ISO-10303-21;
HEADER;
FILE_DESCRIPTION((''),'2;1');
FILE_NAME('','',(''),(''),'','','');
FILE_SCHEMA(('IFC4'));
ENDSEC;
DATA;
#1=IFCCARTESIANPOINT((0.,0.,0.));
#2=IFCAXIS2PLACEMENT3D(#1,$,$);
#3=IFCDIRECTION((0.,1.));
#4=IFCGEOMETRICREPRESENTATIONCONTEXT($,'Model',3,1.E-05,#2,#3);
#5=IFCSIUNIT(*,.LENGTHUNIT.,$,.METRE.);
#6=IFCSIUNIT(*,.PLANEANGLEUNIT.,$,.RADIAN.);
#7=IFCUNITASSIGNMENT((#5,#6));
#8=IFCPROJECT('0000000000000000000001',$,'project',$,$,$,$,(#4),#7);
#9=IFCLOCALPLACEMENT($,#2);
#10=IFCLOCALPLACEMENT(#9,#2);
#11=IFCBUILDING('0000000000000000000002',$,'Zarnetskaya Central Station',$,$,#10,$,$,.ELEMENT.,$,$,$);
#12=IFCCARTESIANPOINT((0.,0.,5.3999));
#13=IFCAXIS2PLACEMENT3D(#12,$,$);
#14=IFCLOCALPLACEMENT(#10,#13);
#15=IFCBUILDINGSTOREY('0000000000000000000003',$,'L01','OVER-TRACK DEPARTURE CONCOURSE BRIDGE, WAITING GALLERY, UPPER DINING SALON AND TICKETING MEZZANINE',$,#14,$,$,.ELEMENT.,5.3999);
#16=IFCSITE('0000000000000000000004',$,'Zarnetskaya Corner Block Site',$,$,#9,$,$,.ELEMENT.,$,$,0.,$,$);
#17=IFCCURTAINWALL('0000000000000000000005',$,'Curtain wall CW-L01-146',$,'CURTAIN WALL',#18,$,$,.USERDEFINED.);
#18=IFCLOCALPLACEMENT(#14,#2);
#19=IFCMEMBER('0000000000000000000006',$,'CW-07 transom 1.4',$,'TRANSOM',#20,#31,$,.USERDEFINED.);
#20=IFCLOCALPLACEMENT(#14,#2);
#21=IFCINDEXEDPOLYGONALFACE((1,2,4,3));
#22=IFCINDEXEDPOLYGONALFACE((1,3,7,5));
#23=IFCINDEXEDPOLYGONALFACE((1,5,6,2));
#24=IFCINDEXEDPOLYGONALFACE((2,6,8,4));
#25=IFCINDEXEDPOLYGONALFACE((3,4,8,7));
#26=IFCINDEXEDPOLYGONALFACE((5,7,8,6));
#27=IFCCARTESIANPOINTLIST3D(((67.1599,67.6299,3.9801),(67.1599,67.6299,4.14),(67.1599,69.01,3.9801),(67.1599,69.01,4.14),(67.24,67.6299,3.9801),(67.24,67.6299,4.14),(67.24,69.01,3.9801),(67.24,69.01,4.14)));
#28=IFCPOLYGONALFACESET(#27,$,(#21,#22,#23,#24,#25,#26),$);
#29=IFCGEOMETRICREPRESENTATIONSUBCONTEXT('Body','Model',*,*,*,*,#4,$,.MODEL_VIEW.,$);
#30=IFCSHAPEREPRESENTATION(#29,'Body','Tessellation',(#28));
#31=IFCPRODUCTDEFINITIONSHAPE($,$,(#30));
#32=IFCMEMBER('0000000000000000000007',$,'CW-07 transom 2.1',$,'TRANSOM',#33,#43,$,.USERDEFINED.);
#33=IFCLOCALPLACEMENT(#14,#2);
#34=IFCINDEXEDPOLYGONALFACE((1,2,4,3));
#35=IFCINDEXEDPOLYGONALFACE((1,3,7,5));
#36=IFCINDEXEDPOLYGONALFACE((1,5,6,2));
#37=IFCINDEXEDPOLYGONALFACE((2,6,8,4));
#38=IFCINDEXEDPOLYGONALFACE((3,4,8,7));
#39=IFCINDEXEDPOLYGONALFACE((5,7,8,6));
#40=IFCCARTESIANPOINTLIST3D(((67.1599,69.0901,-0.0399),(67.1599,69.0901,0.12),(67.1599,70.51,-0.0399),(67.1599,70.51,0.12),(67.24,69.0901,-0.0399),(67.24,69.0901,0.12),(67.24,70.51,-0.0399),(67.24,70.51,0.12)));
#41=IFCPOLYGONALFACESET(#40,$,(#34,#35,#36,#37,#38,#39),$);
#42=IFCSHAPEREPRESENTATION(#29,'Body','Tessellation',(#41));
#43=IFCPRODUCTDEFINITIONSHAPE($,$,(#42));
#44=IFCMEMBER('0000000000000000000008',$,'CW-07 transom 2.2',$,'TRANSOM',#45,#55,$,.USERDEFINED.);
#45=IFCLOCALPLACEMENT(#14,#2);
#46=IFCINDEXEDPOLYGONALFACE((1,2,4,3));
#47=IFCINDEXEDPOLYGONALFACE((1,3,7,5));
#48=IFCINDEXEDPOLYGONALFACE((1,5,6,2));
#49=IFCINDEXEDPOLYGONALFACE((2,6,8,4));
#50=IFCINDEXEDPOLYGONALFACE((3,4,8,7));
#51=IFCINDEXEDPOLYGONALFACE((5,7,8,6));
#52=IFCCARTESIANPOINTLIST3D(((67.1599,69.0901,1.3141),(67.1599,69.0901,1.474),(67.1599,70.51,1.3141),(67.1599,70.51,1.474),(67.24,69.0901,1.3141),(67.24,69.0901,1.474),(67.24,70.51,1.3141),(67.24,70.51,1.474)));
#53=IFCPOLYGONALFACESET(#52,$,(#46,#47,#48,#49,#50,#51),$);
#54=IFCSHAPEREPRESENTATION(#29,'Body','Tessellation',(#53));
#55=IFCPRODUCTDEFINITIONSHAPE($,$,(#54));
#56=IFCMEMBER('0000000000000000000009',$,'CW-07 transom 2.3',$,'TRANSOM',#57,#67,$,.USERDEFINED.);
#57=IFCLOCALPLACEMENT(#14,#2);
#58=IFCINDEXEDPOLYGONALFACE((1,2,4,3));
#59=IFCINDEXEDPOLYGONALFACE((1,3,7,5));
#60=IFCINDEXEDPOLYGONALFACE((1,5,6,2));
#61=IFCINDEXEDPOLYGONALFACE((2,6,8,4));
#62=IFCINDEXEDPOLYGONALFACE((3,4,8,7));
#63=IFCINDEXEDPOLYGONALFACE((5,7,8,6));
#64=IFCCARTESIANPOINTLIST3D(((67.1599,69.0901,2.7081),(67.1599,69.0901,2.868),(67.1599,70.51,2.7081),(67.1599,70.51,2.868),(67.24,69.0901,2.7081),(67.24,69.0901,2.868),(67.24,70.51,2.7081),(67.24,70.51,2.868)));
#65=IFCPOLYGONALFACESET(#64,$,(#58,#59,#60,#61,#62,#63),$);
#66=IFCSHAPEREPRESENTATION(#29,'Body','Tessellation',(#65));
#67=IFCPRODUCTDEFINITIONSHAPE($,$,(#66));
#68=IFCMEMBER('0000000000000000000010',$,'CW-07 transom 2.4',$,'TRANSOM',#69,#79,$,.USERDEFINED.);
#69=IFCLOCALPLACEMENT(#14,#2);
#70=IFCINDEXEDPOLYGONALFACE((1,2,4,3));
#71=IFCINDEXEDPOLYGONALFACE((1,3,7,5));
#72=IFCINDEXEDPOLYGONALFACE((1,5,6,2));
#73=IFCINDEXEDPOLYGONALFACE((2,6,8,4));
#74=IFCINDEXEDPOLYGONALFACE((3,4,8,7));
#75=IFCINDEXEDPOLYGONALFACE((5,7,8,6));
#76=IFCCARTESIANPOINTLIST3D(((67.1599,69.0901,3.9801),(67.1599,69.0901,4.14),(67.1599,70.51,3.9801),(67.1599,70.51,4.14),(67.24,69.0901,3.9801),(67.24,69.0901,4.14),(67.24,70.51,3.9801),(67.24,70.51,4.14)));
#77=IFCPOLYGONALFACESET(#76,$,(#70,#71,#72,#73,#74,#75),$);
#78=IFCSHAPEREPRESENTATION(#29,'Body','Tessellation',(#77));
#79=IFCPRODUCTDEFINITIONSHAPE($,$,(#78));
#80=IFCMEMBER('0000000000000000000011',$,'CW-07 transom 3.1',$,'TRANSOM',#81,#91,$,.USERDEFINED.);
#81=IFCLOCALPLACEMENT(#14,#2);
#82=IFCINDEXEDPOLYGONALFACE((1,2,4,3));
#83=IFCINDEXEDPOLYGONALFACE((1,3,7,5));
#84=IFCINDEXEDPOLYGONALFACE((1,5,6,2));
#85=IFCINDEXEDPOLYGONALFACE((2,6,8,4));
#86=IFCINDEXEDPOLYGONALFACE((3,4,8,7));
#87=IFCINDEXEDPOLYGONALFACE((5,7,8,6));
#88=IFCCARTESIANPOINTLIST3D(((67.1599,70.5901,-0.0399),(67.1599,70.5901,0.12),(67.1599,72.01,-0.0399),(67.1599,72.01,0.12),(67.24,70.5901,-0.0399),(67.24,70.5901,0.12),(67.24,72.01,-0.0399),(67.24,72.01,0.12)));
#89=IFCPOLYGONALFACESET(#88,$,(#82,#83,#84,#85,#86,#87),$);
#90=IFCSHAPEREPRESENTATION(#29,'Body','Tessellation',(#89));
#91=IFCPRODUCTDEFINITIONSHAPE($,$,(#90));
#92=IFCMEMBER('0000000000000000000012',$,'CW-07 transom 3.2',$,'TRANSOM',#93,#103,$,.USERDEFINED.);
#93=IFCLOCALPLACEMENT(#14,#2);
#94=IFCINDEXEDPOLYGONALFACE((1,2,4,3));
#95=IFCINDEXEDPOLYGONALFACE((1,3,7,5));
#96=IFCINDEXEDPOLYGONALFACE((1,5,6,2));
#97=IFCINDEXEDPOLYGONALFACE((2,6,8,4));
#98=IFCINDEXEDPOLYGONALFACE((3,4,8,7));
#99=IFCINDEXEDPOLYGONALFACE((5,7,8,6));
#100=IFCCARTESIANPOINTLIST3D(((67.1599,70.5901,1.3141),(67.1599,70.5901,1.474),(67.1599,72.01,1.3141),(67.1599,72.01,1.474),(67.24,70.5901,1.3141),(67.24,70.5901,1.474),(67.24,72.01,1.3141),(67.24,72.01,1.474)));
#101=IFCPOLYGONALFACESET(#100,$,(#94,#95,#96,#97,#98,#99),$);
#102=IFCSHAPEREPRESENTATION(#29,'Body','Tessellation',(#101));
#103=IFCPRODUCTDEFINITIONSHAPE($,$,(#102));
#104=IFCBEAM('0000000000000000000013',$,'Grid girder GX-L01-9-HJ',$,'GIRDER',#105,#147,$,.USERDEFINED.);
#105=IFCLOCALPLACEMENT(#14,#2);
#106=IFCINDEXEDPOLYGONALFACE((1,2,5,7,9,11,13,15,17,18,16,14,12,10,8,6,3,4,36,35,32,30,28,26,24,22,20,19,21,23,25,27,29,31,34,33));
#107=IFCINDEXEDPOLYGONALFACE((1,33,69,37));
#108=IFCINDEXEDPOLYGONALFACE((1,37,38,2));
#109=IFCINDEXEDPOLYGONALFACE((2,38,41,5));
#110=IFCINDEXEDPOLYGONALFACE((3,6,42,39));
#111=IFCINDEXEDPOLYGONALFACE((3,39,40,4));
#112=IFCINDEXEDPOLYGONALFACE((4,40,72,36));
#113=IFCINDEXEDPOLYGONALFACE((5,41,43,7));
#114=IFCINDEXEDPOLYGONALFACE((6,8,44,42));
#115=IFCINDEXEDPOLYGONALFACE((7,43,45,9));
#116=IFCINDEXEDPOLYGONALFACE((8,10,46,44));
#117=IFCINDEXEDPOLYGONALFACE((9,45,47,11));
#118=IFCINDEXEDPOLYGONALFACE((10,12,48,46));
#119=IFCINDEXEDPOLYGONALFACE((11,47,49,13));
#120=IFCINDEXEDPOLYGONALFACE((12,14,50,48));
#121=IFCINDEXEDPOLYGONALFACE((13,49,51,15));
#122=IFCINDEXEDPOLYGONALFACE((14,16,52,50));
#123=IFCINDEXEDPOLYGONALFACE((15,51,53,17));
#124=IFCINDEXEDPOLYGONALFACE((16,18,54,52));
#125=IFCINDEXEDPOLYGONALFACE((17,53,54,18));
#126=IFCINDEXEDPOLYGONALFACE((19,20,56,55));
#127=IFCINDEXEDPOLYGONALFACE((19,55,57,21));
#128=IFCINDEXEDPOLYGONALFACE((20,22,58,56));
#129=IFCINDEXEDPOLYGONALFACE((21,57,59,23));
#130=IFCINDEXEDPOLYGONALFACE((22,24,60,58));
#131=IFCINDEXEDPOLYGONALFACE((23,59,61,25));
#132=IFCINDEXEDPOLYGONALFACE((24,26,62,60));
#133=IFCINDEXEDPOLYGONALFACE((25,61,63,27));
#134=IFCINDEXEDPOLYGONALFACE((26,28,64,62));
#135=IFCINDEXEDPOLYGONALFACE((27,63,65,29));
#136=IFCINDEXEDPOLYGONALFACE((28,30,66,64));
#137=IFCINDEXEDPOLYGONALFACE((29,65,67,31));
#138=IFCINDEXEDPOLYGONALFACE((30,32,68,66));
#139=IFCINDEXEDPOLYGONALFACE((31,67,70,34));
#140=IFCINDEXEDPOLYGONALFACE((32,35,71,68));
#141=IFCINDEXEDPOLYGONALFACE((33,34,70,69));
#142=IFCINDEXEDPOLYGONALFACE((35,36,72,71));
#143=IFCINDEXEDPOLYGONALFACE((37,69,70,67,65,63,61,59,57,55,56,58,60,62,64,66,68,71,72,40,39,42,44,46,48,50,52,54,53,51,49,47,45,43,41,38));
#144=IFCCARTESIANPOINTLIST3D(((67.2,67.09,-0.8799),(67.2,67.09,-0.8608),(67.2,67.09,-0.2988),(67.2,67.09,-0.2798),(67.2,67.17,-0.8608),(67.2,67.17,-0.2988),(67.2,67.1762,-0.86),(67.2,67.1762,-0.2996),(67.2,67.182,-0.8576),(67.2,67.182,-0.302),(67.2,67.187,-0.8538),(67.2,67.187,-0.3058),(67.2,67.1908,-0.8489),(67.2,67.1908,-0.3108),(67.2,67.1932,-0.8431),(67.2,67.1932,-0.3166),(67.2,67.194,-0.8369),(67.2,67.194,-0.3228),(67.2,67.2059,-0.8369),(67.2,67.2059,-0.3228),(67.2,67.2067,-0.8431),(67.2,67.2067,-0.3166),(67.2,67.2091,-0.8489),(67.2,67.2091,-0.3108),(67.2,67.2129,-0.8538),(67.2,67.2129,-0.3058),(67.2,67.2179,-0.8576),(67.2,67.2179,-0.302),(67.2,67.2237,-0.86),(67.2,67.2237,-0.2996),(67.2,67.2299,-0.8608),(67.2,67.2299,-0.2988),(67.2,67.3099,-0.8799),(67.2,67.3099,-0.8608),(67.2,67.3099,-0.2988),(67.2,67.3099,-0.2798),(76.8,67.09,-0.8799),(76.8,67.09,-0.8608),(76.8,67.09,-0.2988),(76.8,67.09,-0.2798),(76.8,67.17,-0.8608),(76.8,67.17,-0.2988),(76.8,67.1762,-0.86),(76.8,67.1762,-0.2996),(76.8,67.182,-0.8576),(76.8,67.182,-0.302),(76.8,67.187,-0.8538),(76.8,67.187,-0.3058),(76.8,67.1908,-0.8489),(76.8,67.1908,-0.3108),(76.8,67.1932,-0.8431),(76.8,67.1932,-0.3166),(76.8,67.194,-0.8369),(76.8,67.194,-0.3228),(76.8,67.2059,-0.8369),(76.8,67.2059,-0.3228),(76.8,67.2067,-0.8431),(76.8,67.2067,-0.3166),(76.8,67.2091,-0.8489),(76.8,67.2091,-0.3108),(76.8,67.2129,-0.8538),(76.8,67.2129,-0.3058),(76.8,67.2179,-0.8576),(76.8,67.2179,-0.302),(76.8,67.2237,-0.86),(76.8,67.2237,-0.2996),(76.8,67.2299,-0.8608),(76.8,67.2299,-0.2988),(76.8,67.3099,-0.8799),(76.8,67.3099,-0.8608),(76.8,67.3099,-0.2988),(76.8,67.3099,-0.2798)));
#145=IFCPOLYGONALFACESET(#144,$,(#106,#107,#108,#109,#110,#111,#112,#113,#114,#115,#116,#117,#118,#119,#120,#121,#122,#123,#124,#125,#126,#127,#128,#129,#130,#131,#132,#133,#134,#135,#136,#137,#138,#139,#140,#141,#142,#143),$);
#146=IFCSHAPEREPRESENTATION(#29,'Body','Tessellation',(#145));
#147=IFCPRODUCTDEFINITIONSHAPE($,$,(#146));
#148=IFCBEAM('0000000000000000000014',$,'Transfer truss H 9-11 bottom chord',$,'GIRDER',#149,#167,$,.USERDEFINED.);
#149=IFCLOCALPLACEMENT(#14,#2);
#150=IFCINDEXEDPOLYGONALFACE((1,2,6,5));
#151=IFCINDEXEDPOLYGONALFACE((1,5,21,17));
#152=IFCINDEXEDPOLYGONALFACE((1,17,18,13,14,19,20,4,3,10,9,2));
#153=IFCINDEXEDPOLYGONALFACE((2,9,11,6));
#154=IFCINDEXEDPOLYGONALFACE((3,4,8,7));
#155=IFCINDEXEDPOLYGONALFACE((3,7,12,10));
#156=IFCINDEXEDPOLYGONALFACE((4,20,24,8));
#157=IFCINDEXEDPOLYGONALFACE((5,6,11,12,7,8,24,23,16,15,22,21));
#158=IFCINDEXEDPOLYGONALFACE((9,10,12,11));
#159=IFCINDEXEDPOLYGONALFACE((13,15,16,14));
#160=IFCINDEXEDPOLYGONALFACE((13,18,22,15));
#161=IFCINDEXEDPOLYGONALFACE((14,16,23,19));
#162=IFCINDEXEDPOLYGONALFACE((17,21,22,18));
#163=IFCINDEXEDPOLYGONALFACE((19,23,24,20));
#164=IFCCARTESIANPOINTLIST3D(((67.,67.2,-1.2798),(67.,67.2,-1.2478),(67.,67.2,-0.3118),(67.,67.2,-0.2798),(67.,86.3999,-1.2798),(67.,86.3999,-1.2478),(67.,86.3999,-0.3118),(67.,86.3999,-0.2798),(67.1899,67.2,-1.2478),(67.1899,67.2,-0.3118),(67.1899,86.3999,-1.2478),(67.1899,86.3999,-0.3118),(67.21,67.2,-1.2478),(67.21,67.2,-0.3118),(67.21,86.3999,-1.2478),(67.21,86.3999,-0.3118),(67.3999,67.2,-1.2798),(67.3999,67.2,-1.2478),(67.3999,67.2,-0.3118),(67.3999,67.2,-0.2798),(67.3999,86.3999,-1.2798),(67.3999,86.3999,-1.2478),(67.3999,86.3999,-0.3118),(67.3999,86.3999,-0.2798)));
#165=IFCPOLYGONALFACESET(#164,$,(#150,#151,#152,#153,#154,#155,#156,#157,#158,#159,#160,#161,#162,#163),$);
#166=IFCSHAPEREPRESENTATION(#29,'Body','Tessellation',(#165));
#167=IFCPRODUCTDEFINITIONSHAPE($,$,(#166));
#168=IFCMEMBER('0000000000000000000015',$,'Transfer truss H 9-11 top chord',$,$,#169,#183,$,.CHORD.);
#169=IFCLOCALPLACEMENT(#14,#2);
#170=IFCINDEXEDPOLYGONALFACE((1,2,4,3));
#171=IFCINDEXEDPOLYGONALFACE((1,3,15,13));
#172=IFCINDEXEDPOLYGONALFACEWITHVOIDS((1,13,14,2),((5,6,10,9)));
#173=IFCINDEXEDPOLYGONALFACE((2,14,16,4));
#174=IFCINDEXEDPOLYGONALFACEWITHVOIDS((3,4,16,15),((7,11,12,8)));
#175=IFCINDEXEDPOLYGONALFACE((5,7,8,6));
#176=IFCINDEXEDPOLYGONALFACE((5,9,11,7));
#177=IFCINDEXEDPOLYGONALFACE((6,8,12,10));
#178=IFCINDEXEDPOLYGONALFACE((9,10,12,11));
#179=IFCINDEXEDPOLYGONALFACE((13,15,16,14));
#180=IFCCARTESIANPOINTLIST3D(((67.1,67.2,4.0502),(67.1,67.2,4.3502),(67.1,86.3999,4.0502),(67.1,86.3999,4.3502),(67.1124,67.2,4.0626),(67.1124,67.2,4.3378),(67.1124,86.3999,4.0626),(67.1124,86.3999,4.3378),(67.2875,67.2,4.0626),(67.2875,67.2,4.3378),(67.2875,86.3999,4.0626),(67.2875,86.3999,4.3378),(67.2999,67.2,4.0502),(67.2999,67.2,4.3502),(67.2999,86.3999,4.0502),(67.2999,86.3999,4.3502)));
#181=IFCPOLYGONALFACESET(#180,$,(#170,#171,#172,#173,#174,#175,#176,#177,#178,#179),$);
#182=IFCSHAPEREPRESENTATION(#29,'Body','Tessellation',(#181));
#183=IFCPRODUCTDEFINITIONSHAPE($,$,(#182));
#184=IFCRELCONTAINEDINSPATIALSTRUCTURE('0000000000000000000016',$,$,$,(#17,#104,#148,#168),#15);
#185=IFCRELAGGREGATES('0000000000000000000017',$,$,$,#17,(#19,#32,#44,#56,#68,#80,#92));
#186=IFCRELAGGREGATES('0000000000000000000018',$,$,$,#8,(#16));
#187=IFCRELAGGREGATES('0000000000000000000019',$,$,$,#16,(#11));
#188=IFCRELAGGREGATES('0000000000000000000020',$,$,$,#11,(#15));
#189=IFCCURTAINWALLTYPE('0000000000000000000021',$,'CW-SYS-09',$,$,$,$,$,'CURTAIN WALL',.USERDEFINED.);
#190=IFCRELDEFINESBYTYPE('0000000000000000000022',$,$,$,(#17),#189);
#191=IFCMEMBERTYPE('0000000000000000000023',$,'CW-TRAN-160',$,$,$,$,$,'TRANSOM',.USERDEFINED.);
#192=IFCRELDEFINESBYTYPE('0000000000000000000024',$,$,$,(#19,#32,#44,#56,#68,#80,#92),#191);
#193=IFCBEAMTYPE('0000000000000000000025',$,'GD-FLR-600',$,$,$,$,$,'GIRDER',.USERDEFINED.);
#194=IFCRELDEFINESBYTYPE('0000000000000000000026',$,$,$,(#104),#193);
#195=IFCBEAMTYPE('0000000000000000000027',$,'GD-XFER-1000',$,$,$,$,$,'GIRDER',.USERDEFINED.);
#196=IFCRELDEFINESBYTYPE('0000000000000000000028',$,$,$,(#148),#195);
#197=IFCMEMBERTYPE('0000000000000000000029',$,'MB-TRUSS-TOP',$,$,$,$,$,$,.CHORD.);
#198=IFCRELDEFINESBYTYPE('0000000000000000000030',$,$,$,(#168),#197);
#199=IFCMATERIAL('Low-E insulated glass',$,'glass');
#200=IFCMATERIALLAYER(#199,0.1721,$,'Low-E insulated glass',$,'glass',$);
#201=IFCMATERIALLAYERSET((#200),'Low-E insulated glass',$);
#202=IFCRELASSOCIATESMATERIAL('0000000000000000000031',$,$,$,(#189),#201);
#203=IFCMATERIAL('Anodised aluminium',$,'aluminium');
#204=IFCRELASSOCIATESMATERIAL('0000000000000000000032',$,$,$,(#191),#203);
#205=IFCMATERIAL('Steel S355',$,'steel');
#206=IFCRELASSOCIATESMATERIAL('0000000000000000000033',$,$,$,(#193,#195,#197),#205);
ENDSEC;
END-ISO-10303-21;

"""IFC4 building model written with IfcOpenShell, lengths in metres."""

from ifc_helpers import new_model, si_unit, direction, frame, origin, origin_2d, place, context, subcontext, project, spatial, rectangle, hollow_rectangle, i_section, extrude, material, layer, layer_set, material_profile, profile_set, type_object, element, aggregate, save


model = new_model("IFC4")

# Units and contexts
model_context = context("Model", 3, precision=1e-05, world=origin(), true_north=direction((0.0, 1.0)))
body_context = subcontext(model_context, "Body", "Model", "MODEL_VIEW")
ifc_project = project(units=[si_unit("LENGTHUNIT", "METRE"), si_unit("PLANEANGLEUNIT", "RADIAN")], contexts=[model_context])

# Site, building, storey
site_placement = place(None, origin())
site = spatial("IfcSite", under=ifc_project, at=site_placement, Name="Zarnetskaya Corner Block Site", CompositionType="ELEMENT", RefElevation=0.0)
building_placement = place(site_placement, origin())
building = spatial("IfcBuilding", under=site, at=building_placement, Name="Zarnetskaya Central Station", CompositionType="ELEMENT")
storey_placement = place(building_placement, frame((0.0, 0.0, 5.3999)))
storey = spatial("IfcBuildingStorey", under=building, at=storey_placement, Name="L01", Description="OVER-TRACK DEPARTURE CONCOURSE BRIDGE, WAITING GALLERY, UPPER DINING SALON AND TICKETING MEZZANINE", CompositionType="ELEMENT", Elevation=5.3999)

# Shared definitions
ifc_material_1 = material(Name="Steel S355", Category="steel")

# Curtain wall
ifc_material_2 = material(Name="Low-E insulated glass", Category="glass")
ifc_material_3 = material(Name="Anodised aluminium", Category="aluminium")
ifc_layer_1 = layer(ifc_material_2, 0.1721, Name="Low-E insulated glass", Category="glass")
ifc_layer_set_1 = layer_set([ifc_layer_1], Name="Low-E insulated glass")
curtain_wall_type_1 = type_object("IfcCurtainWallType", Name="CW-SYS-09", ElementType="CURTAIN WALL", PredefinedType="USERDEFINED", material=ifc_layer_set_1)
curtain_wall_1_placement = place(storey_placement, origin())
curtain_wall_1 = element("IfcCurtainWall", 1, at=curtain_wall_1_placement, inside=storey, type_object=curtain_wall_type_1, Name="Curtain wall CW-L01-146", ObjectType="CURTAIN WALL", PredefinedType="USERDEFINED")

# Members
ifc_material_profile_1 = material_profile(ifc_material_3, rectangle(XDim=0.0801, YDim=0.1599, at=origin_2d()), Name="ALU TRAN 80x160")
ifc_profile_set_1 = profile_set([ifc_material_profile_1], Name="Anodised aluminium")
member_type_1 = type_object("IfcMemberType", Name="CW-TRAN-160", ElementType="TRANSOM", PredefinedType="USERDEFINED", material=ifc_profile_set_1)
member_1_placement = place(storey_placement, frame((67.2, 67.6299, 4.0601), z_axis=(0.0, 1.0, 0.0), x_axis=(-1.0, 0.0, 0.0)))
member_1 = element("IfcMember", 2, at=member_1_placement, type_object=member_type_1, Name="CW-07 transom 1.4", ObjectType="TRANSOM", PredefinedType="USERDEFINED", context=body_context, shape_type="SweptSolid", body=[
    extrude(rectangle(XDim=0.0801, YDim=0.1599, at=origin_2d()), origin(), (0.0, 0.0, 1.0), 1.3801),
])
member_2_placement = place(storey_placement, frame((67.2, 69.0901, 0.04), z_axis=(0.0, 1.0, 0.0), x_axis=(-1.0, 0.0, 0.0)))
member_2 = element("IfcMember", 3, at=member_2_placement, type_object=member_type_1, Name="CW-07 transom 2.1", ObjectType="TRANSOM", PredefinedType="USERDEFINED", context=body_context, shape_type="SweptSolid", body=[
    extrude(rectangle(XDim=0.0801, YDim=0.1599, at=origin_2d()), origin(), (0.0, 0.0, 1.0), 1.4199),
])
member_3_placement = place(storey_placement, frame((67.2, 69.0901, 1.394), z_axis=(0.0, 1.0, 0.0), x_axis=(-1.0, 0.0, 0.0)))
member_3 = element("IfcMember", 4, at=member_3_placement, type_object=member_type_1, Name="CW-07 transom 2.2", ObjectType="TRANSOM", PredefinedType="USERDEFINED", context=body_context, shape_type="SweptSolid", body=[
    extrude(rectangle(XDim=0.0801, YDim=0.1599, at=origin_2d()), origin(), (0.0, 0.0, 1.0), 1.4199),
])
member_4_placement = place(storey_placement, frame((67.2, 69.0901, 2.7881), z_axis=(0.0, 1.0, 0.0), x_axis=(-1.0, 0.0, 0.0)))
member_4 = element("IfcMember", 5, at=member_4_placement, type_object=member_type_1, Name="CW-07 transom 2.3", ObjectType="TRANSOM", PredefinedType="USERDEFINED", context=body_context, shape_type="SweptSolid", body=[
    extrude(rectangle(XDim=0.0801, YDim=0.1599, at=origin_2d()), origin(), (0.0, 0.0, 1.0), 1.4199),
])
member_5_placement = place(storey_placement, frame((67.2, 69.0901, 4.0601), z_axis=(0.0, 1.0, 0.0), x_axis=(-1.0, 0.0, 0.0)))
member_5 = element("IfcMember", 6, at=member_5_placement, type_object=member_type_1, Name="CW-07 transom 2.4", ObjectType="TRANSOM", PredefinedType="USERDEFINED", context=body_context, shape_type="SweptSolid", body=[
    extrude(rectangle(XDim=0.0801, YDim=0.1599, at=origin_2d()), origin(), (0.0, 0.0, 1.0), 1.4199),
])
member_6_placement = place(storey_placement, frame((67.2, 70.5901, 0.04), z_axis=(0.0, 1.0, 0.0), x_axis=(-1.0, 0.0, 0.0)))
member_6 = element("IfcMember", 7, at=member_6_placement, type_object=member_type_1, Name="CW-07 transom 3.1", ObjectType="TRANSOM", PredefinedType="USERDEFINED", context=body_context, shape_type="SweptSolid", body=[
    extrude(rectangle(XDim=0.0801, YDim=0.1599, at=origin_2d()), origin(), (0.0, 0.0, 1.0), 1.4199),
])
member_7_placement = place(storey_placement, frame((67.2, 70.5901, 1.394), z_axis=(0.0, 1.0, 0.0), x_axis=(-1.0, 0.0, 0.0)))
member_7 = element("IfcMember", 8, at=member_7_placement, type_object=member_type_1, Name="CW-07 transom 3.2", ObjectType="TRANSOM", PredefinedType="USERDEFINED", context=body_context, shape_type="SweptSolid", body=[
    extrude(rectangle(XDim=0.0801, YDim=0.1599, at=origin_2d()), origin(), (0.0, 0.0, 1.0), 1.4199),
])

# Beams
ifc_material_profile_2 = material_profile(ifc_material_1, i_section(OverallWidth=0.22, OverallDepth=0.6001, WebThickness=0.012, FlangeThickness=0.019, FilletRadius=0.0239, at=origin_2d()), Name="IPE 600")
ifc_profile_set_2 = profile_set([ifc_material_profile_2], Name="Steel S355")
beam_type_1 = type_object("IfcBeamType", Name="GD-FLR-600", ElementType="GIRDER", PredefinedType="USERDEFINED", material=ifc_profile_set_2)
beam_1_placement = place(storey_placement, frame((67.2, 67.2, -0.5798), z_axis=(1.0, 0.0, 0.0), x_axis=(0.0, 1.0, 0.0)))
element("IfcBeam", 9, at=beam_1_placement, inside=storey, type_object=beam_type_1, Name="Grid girder GX-L01-9-HJ", ObjectType="GIRDER", PredefinedType="USERDEFINED", context=body_context, shape_type="SweptSolid", body=[
    extrude(i_section(OverallWidth=0.22, OverallDepth=0.6001, WebThickness=0.012, FlangeThickness=0.019, FilletRadius=0.0239, at=origin_2d()), origin(), (0.0, 0.0, 1.0), 9.6001),
])
ifc_material_profile_3 = material_profile(ifc_material_1, i_section(OverallWidth=0.3999, OverallDepth=1.0, WebThickness=0.02, FlangeThickness=0.032, at=origin_2d()), Name="PG 1000x400x20x32")
ifc_profile_set_3 = profile_set([ifc_material_profile_3], Name="Steel S355")
beam_type_2 = type_object("IfcBeamType", Name="GD-XFER-1000", ElementType="GIRDER", PredefinedType="USERDEFINED", material=ifc_profile_set_3)
beam_2_placement = place(storey_placement, frame((67.2, 67.2, -0.7798), z_axis=(0.0, 1.0, 0.0), x_axis=(-1.0, 0.0, 0.0)))
element("IfcBeam", 10, at=beam_2_placement, inside=storey, type_object=beam_type_2, Name="Transfer truss H 9-11 bottom chord", ObjectType="GIRDER", PredefinedType="USERDEFINED", context=body_context, shape_type="SweptSolid", body=[
    extrude(i_section(OverallWidth=0.3999, OverallDepth=1.0, WebThickness=0.02, FlangeThickness=0.032, at=origin_2d()), origin(), (0.0, 0.0, 1.0), 19.2),
])

# Member
ifc_material_profile_4 = material_profile(ifc_material_1, hollow_rectangle(XDim=0.2, YDim=0.3, WallThickness=0.0125, at=origin_2d()), Name="RHS 300x200x12.5")
ifc_profile_set_4 = profile_set([ifc_material_profile_4], Name="Steel S355")
member_type_2 = type_object("IfcMemberType", Name="MB-TRUSS-TOP", PredefinedType="CHORD", material=ifc_profile_set_4)
member_8_placement = place(storey_placement, frame((67.2, 67.2, 4.2002), z_axis=(0.0, 1.0, 0.0), x_axis=(-1.0, 0.0, 0.0)))
element("IfcMember", 11, at=member_8_placement, inside=storey, type_object=member_type_2, Name="Transfer truss H 9-11 top chord", PredefinedType="CHORD", context=body_context, shape_type="SweptSolid", body=[
    extrude(hollow_rectangle(XDim=0.2, YDim=0.3, WallThickness=0.0125, at=origin_2d()), origin(), (0.0, 0.0, 1.0), 19.2),
])

aggregate(curtain_wall_1, [member_1, member_2, member_3, member_4, member_5, member_6, member_7])

save(model, "model.ifc")
